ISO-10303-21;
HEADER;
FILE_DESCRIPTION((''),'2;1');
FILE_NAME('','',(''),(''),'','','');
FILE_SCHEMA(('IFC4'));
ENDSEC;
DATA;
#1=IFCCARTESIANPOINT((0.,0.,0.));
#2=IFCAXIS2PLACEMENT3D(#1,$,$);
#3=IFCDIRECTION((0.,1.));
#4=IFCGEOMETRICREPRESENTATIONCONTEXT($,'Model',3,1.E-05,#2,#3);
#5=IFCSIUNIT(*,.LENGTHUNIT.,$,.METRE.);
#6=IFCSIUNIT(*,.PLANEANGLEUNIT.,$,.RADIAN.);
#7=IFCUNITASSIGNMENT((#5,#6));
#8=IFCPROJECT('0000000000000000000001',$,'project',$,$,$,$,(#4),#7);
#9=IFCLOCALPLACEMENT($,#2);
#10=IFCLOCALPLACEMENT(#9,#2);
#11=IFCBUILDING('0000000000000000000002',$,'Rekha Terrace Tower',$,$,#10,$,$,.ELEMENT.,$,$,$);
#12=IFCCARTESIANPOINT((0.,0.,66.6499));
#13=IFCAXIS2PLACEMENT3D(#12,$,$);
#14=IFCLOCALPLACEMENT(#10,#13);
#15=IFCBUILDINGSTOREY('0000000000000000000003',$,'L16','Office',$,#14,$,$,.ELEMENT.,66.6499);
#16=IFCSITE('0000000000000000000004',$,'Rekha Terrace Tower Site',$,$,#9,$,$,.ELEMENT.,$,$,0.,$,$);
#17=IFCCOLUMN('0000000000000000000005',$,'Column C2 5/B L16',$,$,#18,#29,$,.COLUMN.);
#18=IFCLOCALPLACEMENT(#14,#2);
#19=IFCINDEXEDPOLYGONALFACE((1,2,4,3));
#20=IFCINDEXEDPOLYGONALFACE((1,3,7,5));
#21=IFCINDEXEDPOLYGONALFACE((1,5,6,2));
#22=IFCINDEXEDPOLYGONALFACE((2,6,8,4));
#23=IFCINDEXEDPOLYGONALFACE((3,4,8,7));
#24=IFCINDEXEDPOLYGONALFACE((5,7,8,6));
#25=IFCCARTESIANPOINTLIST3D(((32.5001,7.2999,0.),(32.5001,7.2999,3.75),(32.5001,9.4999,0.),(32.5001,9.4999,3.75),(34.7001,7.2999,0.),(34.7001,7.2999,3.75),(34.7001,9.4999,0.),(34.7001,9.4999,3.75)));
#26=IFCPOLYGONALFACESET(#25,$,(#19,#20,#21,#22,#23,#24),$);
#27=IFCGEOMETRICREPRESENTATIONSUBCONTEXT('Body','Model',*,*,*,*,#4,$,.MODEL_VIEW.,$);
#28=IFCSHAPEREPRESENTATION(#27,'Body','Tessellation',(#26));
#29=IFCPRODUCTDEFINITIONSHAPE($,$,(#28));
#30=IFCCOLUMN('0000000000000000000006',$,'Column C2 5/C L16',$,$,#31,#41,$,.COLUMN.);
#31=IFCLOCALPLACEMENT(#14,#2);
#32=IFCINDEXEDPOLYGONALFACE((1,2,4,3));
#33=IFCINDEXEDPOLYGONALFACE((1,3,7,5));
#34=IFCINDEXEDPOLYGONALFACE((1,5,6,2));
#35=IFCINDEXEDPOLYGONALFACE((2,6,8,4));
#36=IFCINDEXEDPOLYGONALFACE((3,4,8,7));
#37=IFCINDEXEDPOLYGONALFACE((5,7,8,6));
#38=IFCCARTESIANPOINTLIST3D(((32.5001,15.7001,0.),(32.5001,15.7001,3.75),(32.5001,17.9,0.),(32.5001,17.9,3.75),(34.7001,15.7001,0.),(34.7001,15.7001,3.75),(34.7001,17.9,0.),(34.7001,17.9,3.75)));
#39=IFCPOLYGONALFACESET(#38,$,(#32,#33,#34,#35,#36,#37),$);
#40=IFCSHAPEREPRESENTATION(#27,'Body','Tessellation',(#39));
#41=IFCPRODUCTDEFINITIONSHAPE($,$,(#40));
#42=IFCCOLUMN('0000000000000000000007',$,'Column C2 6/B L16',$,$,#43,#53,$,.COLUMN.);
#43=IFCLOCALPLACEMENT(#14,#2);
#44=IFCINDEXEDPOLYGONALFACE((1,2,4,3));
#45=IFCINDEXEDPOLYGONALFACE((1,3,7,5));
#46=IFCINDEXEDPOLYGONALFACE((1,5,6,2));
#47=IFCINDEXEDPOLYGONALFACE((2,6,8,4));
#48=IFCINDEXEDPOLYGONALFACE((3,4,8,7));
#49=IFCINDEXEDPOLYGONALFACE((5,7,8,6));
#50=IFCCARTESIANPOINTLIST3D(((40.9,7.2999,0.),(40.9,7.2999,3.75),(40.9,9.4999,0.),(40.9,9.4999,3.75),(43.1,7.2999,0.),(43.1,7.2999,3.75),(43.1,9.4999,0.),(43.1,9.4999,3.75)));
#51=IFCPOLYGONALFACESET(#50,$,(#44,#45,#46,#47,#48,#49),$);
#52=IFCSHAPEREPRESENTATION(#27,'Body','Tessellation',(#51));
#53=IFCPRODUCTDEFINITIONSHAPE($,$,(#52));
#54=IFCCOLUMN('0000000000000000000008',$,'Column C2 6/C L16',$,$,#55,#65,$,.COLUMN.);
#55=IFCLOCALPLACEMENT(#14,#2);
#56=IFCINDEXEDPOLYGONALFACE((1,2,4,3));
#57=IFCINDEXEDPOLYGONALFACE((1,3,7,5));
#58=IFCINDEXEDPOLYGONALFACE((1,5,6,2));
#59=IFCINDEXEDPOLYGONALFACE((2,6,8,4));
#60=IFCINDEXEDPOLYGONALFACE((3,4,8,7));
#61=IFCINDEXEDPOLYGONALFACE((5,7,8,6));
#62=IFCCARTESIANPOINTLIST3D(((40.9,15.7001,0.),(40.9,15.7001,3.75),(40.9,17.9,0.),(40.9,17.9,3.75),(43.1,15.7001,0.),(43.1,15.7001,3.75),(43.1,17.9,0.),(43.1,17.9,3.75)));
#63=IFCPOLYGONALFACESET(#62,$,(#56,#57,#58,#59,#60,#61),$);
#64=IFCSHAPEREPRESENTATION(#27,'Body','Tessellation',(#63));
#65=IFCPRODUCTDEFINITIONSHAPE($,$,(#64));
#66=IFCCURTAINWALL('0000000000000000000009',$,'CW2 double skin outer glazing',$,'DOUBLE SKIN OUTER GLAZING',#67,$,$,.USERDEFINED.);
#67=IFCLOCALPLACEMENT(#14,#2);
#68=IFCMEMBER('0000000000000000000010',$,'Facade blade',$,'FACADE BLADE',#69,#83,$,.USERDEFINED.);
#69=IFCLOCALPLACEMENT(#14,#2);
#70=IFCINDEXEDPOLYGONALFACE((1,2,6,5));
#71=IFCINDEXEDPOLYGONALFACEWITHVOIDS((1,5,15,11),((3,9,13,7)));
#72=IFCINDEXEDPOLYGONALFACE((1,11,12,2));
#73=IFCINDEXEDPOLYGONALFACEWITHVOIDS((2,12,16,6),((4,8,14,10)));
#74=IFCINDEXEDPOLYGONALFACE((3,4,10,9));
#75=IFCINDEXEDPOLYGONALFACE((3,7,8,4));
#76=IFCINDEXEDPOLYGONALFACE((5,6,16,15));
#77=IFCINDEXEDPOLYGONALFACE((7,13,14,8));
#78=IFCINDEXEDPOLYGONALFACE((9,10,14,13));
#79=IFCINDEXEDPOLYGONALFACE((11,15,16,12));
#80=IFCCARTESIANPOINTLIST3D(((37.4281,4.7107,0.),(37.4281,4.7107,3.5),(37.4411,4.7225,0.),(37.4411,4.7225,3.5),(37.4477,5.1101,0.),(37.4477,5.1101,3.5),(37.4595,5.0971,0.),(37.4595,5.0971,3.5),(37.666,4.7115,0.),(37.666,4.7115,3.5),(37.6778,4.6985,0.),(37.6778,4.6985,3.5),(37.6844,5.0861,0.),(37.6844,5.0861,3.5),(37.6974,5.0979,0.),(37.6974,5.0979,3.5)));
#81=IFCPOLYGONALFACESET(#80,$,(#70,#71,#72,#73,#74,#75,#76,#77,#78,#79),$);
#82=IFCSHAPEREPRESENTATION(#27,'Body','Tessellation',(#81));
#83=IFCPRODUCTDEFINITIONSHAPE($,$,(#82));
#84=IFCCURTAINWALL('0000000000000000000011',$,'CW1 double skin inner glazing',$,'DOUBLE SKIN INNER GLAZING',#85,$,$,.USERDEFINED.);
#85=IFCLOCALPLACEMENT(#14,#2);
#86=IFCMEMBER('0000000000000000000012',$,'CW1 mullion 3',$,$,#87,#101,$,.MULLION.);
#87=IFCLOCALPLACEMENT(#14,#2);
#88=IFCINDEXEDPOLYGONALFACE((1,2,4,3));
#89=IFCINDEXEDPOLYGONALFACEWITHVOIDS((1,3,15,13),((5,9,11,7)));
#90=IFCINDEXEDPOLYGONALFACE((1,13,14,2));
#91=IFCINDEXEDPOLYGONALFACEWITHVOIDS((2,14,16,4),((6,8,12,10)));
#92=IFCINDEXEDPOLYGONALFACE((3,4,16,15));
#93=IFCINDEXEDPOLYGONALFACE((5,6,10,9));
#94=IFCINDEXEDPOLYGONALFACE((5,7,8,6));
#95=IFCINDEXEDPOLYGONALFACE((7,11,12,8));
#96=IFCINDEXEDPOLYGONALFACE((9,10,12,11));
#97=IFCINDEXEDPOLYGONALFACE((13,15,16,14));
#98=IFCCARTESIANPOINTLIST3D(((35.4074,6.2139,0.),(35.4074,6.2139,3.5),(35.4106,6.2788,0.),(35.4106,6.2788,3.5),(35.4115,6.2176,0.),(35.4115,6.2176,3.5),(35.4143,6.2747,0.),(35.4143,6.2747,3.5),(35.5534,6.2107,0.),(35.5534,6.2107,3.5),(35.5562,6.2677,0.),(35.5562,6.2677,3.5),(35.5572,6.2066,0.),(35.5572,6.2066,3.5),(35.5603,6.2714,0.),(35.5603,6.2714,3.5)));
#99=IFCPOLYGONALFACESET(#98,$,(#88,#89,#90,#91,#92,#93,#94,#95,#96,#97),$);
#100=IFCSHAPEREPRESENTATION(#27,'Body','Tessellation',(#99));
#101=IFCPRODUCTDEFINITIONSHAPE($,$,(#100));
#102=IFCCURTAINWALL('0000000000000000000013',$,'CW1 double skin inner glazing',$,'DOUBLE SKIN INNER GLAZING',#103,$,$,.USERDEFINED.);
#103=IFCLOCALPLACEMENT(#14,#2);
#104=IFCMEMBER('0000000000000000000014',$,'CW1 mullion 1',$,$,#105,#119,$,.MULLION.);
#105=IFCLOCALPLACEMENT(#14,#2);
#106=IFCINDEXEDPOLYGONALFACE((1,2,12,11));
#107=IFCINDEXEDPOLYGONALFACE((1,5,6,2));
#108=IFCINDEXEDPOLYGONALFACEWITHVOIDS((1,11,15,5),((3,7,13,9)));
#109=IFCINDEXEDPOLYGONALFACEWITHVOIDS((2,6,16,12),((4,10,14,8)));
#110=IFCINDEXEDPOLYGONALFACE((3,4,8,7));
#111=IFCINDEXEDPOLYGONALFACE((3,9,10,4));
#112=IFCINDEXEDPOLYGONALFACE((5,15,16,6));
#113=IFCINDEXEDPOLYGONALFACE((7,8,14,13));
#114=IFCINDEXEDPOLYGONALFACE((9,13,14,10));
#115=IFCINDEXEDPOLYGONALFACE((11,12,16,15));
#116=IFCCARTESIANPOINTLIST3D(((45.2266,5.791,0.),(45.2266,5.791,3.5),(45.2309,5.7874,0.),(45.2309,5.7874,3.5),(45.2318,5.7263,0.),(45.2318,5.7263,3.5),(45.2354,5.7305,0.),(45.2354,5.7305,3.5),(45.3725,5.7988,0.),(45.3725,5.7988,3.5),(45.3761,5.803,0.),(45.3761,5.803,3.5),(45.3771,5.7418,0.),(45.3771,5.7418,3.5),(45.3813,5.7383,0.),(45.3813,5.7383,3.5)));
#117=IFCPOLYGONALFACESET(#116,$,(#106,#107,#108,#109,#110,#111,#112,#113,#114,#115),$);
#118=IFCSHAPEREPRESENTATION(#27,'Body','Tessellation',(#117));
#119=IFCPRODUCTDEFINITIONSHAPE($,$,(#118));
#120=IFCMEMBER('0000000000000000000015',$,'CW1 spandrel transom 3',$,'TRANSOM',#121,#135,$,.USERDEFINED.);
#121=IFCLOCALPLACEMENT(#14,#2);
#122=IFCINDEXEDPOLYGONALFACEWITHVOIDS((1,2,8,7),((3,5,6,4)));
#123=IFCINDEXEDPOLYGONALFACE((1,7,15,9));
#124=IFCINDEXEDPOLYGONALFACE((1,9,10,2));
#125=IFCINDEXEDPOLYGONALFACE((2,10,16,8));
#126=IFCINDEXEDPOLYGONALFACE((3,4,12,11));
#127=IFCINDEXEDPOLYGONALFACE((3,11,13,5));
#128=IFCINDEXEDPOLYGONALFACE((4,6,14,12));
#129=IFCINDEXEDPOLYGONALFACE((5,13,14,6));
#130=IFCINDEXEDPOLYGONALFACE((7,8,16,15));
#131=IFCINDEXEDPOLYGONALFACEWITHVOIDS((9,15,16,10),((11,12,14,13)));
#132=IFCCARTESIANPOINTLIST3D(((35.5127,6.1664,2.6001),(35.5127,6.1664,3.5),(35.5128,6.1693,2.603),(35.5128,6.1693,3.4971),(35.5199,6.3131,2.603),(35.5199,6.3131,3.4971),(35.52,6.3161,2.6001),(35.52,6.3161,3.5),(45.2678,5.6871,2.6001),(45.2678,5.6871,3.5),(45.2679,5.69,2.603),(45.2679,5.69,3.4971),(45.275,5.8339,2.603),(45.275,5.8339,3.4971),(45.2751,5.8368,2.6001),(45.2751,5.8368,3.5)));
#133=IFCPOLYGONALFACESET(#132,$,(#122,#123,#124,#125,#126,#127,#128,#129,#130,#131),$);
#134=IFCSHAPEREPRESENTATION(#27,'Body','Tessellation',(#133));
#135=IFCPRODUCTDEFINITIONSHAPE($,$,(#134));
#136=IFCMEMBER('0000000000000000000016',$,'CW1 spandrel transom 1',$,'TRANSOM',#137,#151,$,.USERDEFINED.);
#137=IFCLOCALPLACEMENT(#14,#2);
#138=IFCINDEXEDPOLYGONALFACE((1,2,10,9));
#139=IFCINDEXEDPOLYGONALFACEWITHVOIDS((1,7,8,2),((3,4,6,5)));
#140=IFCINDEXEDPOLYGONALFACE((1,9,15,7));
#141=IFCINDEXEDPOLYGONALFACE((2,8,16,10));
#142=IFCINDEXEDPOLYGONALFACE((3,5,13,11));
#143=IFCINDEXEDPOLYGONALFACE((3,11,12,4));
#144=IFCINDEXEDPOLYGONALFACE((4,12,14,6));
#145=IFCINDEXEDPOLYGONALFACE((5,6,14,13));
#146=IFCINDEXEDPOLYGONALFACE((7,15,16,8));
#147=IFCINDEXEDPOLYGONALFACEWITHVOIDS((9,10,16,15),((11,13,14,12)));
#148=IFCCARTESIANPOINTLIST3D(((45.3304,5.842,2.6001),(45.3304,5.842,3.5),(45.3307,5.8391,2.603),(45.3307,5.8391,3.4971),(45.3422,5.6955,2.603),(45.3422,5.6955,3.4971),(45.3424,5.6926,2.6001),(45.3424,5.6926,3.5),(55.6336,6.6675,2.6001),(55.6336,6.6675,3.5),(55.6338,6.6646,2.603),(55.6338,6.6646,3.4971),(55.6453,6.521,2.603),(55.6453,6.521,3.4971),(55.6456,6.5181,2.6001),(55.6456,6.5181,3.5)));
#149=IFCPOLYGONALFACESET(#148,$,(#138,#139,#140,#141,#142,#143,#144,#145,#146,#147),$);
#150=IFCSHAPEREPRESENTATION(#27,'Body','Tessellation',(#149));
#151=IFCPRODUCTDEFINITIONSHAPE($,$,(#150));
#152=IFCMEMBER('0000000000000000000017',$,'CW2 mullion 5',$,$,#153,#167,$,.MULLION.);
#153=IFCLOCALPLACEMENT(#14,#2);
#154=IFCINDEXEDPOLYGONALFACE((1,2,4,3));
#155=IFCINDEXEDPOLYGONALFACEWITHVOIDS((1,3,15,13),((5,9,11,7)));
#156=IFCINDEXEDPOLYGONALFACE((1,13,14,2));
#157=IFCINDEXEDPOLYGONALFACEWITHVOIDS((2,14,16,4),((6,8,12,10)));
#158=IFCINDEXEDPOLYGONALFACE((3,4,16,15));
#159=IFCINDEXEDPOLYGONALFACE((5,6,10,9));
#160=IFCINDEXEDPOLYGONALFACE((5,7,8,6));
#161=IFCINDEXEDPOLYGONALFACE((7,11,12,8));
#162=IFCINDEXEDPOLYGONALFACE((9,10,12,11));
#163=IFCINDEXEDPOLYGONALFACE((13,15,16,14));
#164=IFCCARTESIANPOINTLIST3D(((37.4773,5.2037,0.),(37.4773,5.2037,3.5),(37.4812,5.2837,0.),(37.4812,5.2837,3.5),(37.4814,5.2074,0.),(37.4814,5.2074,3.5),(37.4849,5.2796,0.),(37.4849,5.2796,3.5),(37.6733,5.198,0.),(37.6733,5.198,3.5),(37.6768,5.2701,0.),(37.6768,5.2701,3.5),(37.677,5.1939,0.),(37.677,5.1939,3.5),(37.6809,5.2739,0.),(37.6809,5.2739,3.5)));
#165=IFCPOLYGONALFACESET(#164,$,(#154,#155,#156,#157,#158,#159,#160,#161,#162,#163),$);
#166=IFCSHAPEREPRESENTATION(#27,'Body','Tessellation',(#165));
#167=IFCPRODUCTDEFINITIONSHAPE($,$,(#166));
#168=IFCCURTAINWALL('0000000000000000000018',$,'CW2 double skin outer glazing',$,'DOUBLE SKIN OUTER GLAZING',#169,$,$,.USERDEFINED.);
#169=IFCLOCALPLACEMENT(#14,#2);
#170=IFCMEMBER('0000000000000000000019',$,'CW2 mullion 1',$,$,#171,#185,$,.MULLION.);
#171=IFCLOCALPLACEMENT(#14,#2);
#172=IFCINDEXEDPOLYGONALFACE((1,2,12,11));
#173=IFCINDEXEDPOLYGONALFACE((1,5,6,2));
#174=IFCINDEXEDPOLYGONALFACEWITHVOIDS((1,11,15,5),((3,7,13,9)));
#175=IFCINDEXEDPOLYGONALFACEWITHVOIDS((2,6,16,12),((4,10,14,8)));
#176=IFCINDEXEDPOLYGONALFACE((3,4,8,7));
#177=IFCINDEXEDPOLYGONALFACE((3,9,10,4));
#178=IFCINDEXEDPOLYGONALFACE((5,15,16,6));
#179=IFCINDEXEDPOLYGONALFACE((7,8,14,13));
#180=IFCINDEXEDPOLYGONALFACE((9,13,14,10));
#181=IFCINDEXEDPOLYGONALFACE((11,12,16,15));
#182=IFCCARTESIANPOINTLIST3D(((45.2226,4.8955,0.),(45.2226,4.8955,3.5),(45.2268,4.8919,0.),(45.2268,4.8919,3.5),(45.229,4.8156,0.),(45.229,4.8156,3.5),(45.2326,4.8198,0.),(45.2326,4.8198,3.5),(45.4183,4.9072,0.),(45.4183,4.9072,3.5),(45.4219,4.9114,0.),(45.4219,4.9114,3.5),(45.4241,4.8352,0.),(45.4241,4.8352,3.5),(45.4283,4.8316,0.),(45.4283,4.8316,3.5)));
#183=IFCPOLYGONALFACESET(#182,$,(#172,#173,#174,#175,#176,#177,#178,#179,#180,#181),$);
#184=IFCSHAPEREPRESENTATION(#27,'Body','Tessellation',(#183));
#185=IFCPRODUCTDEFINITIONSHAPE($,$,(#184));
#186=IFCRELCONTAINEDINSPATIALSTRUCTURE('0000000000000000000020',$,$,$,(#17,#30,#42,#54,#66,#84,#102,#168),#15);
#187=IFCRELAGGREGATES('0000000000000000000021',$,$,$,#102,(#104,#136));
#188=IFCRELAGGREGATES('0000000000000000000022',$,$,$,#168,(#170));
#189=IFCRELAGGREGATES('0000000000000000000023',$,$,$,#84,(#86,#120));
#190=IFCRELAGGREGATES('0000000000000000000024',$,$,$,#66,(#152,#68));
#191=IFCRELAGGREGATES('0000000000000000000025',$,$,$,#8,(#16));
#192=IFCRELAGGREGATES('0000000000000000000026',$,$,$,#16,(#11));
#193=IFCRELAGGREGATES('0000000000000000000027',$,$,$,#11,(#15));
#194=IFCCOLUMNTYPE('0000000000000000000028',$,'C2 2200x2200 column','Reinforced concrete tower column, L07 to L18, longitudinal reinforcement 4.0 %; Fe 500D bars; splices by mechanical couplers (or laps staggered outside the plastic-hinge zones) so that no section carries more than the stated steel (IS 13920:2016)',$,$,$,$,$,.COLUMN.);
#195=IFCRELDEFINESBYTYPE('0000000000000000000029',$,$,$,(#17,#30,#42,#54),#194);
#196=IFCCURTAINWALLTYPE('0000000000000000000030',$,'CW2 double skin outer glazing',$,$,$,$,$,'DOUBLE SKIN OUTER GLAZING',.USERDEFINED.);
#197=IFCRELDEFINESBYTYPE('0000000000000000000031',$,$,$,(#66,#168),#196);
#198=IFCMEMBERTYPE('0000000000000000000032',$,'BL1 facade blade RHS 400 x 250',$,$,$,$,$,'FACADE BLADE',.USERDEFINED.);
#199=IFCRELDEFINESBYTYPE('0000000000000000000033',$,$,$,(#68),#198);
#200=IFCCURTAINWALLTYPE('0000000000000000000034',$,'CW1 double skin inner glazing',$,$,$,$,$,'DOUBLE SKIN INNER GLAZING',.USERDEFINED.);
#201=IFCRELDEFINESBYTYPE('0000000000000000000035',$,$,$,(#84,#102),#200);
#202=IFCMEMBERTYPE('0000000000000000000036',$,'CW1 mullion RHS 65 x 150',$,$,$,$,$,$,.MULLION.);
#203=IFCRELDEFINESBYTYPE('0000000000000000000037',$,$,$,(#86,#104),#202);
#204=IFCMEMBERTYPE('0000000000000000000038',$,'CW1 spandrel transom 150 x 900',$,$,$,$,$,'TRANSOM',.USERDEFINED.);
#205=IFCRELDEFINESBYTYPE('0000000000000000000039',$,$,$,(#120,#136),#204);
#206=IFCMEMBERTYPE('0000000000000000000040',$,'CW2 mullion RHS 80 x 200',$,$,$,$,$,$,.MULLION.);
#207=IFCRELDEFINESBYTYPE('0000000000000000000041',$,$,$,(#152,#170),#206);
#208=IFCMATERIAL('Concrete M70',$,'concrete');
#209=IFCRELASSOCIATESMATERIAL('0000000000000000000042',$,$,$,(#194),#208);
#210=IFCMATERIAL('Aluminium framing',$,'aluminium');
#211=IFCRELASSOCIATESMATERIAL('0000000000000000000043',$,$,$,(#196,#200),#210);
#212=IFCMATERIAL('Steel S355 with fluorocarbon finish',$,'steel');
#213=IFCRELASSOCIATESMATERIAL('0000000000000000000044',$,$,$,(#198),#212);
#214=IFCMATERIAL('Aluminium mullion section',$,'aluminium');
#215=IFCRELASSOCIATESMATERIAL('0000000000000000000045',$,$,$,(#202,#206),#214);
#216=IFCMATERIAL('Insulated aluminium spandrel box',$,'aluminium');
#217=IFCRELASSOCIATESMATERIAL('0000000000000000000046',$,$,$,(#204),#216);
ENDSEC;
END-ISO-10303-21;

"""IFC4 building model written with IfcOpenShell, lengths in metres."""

from ifc_helpers import new_model, si_unit, direction, frame, origin, origin_2d, place, context, subcontext, project, spatial, rectangle, hollow_rectangle, extrude, material, material_profile, profile_set, type_object, element, aggregate, save


model = new_model("IFC4")

# Units and contexts
model_context = context("Model", 3, precision=1e-05, world=origin(), true_north=direction((0.0, 1.0)))
body_context = subcontext(model_context, "Body", "Model", "MODEL_VIEW")
ifc_project = project(units=[si_unit("LENGTHUNIT", "METRE"), si_unit("PLANEANGLEUNIT", "RADIAN")], contexts=[model_context])

# Site, building, storey
site_placement = place(None, origin())
site = spatial("IfcSite", under=ifc_project, at=site_placement, Name="Rekha Terrace Tower Site", CompositionType="ELEMENT", RefElevation=0.0)
building_placement = place(site_placement, origin())
building = spatial("IfcBuilding", under=site, at=building_placement, Name="Rekha Terrace Tower", CompositionType="ELEMENT")
storey_placement = place(building_placement, frame((0.0, 0.0, 66.6499)))
storey = spatial("IfcBuildingStorey", under=building, at=storey_placement, Name="L16", Description="Office", CompositionType="ELEMENT", Elevation=66.6499)

# Columns
ifc_material_1 = material(Name="Concrete M70", Category="concrete")
ifc_material_profile_1 = material_profile(ifc_material_1, rectangle(XDim=2.2, YDim=2.2, at=origin_2d()), Name="RC 2200x2200")
ifc_profile_set_1 = profile_set([ifc_material_profile_1], Name="Concrete M70")
column_type = type_object("IfcColumnType", Name="C2 2200x2200 column", Description="Reinforced concrete tower column, L07 to L18, longitudinal reinforcement 4.0 %; Fe 500D bars; splices by mechanical couplers (or laps staggered outside the plastic-hinge zones) so that no section carries more than the stated steel (IS 13920:2016)", PredefinedType="COLUMN", material=ifc_profile_set_1)
for number, where, z_axis, x_axis, name in (
    (1, (33.6001, 8.3999, 0.0), (0.0, 0.0, 1.0), (1.0, 0.0, 0.0), "Column C2 5/B L16"),
    (2, (33.6001, 16.8, 0.0), (0.0, 0.0, 1.0), (1.0, 0.0, 0.0), "Column C2 5/C L16"),
    (3, (42.0, 8.3999, 0.0), (0.0, 0.0, 1.0), (1.0, 0.0, 0.0), "Column C2 6/B L16"),
    (4, (42.0, 16.8, 0.0), (0.0, 0.0, 1.0), (1.0, 0.0, 0.0), "Column C2 6/C L16"),
):
    element("IfcColumn", number, at=place(storey_placement, frame(where, z_axis=z_axis, x_axis=x_axis)), inside=storey, type_object=column_type, Name=name, PredefinedType="COLUMN", context=body_context, shape_type="SweptSolid", body=[
        extrude(rectangle(XDim=2.2, YDim=2.2, at=origin_2d()), origin(), (0.0, 0.0, 1.0), 3.75),
    ])

# Curtain walls, members
ifc_material_2 = material(Name="Aluminium framing", Category="aluminium")
curtain_wall_type_1 = type_object("IfcCurtainWallType", Name="CW2 double skin outer glazing", ElementType="DOUBLE SKIN OUTER GLAZING", PredefinedType="USERDEFINED", material=ifc_material_2)
curtain_wall_1_placement = place(storey_placement, origin())
curtain_wall_1 = element("IfcCurtainWall", 5, at=curtain_wall_1_placement, inside=storey, type_object=curtain_wall_type_1, Name="CW2 double skin outer glazing", ObjectType="DOUBLE SKIN OUTER GLAZING", PredefinedType="USERDEFINED")
ifc_material_3 = material(Name="Steel S355 with fluorocarbon finish", Category="steel")
ifc_material_profile_2 = material_profile(ifc_material_3, hollow_rectangle(XDim=0.25, YDim=0.3999, WallThickness=0.0125, at=origin_2d()), Name="RHS400x250x12.5")
ifc_profile_set_2 = profile_set([ifc_material_profile_2], Name="Steel S355 with fluorocarbon finish")
member_type_1 = type_object("IfcMemberType", Name="BL1 facade blade RHS 400 x 250", ElementType="FACADE BLADE", PredefinedType="USERDEFINED", material=ifc_profile_set_2)
member_1_placement = place(storey_placement, frame((37.5627, 4.9043, 0.0), z_axis=(0.0, 0.0, 1.0), x_axis=(0.998796, -0.049052, 0.0)))
member_1 = element("IfcMember", 6, at=member_1_placement, type_object=member_type_1, Name="Facade blade", ObjectType="FACADE BLADE", PredefinedType="USERDEFINED", context=body_context, shape_type="SweptSolid", body=[
    extrude(hollow_rectangle(XDim=0.25, YDim=0.3999, WallThickness=0.0125, at=origin_2d()), origin(), (0.0, 0.0, 1.0), 3.5),
])
curtain_wall_type_2 = type_object("IfcCurtainWallType", Name="CW1 double skin inner glazing", ElementType="DOUBLE SKIN INNER GLAZING", PredefinedType="USERDEFINED", material=ifc_material_2)
curtain_wall_2_placement = place(storey_placement, origin())
curtain_wall_2 = element("IfcCurtainWall", 7, at=curtain_wall_2_placement, inside=storey, type_object=curtain_wall_type_2, Name="CW1 double skin inner glazing", ObjectType="DOUBLE SKIN INNER GLAZING", PredefinedType="USERDEFINED")
ifc_material_4 = material(Name="Aluminium mullion section", Category="aluminium")
ifc_material_profile_3 = material_profile(ifc_material_4, hollow_rectangle(XDim=0.0649, YDim=0.1499, WallThickness=0.0039, at=origin_2d()), Name="AL RHS 65x150")
ifc_profile_set_3 = profile_set([ifc_material_profile_3], Name="Aluminium mullion section")
member_type_2 = type_object("IfcMemberType", Name="CW1 mullion RHS 65 x 150", PredefinedType="MULLION", material=ifc_profile_set_3)
member_2_placement = place(storey_placement, frame((35.4839, 6.2427, 0.0), z_axis=(0.0, 0.0, 1.0), x_axis=(0.049052, 0.998796, 0.0)))
member_2 = element("IfcMember", 8, at=member_2_placement, type_object=member_type_2, Name="CW1 mullion 3", PredefinedType="MULLION", context=body_context, shape_type="SweptSolid", body=[
    extrude(hollow_rectangle(XDim=0.0649, YDim=0.1499, WallThickness=0.0039, at=origin_2d()), origin(), (0.0, 0.0, 1.0), 3.5),
])
curtain_wall_3_placement = place(storey_placement, origin())
curtain_wall_3 = element("IfcCurtainWall", 9, at=curtain_wall_3_placement, inside=storey, type_object=curtain_wall_type_2, Name="CW1 double skin inner glazing", ObjectType="DOUBLE SKIN INNER GLAZING", PredefinedType="USERDEFINED")
member_3_placement = place(storey_placement, frame((45.304, 5.7646, 0.0), z_axis=(0.0, 0.0, 1.0), x_axis=(-0.079872, 0.996805, 0.0)))
member_3 = element("IfcMember", 10, at=member_3_placement, type_object=member_type_2, Name="CW1 mullion 1", PredefinedType="MULLION", context=body_context, shape_type="SweptSolid", body=[
    extrude(hollow_rectangle(XDim=0.0649, YDim=0.1499, WallThickness=0.0039, at=origin_2d()), origin(), (0.0, 0.0, 1.0), 3.5),
])

# Members
ifc_material_5 = material(Name="Insulated aluminium spandrel box", Category="aluminium")
ifc_material_profile_4 = material_profile(ifc_material_5, hollow_rectangle(XDim=0.1499, YDim=0.8999, WallThickness=0.0029, at=origin_2d()), Name="AL SPANDREL BOX 150x900")
ifc_profile_set_4 = profile_set([ifc_material_profile_4], Name="Insulated aluminium spandrel box")
member_type_3 = type_object("IfcMemberType", Name="CW1 spandrel transom 150 x 900", ElementType="TRANSOM", PredefinedType="USERDEFINED", material=ifc_profile_set_4)
member_4_placement = place(storey_placement, frame((35.5164, 6.2412, 3.05), z_axis=(0.998795, -0.049069, 0.0), x_axis=(0.049069, 0.998795, 0.0)))
member_4 = element("IfcMember", 11, at=member_4_placement, type_object=member_type_3, Name="CW1 spandrel transom 3", ObjectType="TRANSOM", PredefinedType="USERDEFINED", context=body_context, shape_type="SweptSolid", body=[
    extrude(hollow_rectangle(XDim=0.1499, YDim=0.8999, WallThickness=0.0029, at=origin_2d()), origin(), (0.0, 0.0, 1.0), 9.7668),
])
member_5_placement = place(storey_placement, frame((45.3364, 5.7673, 3.05), z_axis=(0.996806, 0.079859, 0.0), x_axis=(-0.079859, 0.996806, 0.0)))
member_5 = element("IfcMember", 12, at=member_5_placement, type_object=member_type_3, Name="CW1 spandrel transom 1", ObjectType="TRANSOM", PredefinedType="USERDEFINED", context=body_context, shape_type="SweptSolid", body=[
    extrude(hollow_rectangle(XDim=0.1499, YDim=0.8999, WallThickness=0.0029, at=origin_2d()), origin(), (0.0, 0.0, 1.0), 10.3362),
])
aggregate(curtain_wall_3, [member_3, member_5])
ifc_material_profile_5 = material_profile(ifc_material_4, hollow_rectangle(XDim=0.0801, YDim=0.2, WallThickness=0.0039, at=origin_2d()), Name="AL RHS 80x200")
ifc_profile_set_5 = profile_set([ifc_material_profile_5], Name="Aluminium mullion section")
member_type_4 = type_object("IfcMemberType", Name="CW2 mullion RHS 80 x 200", PredefinedType="MULLION", material=ifc_profile_set_5)
member_6_placement = place(storey_placement, frame((37.5791, 5.2388, 0.0), z_axis=(0.0, 0.0, 1.0), x_axis=(0.049052, 0.998796, 0.0)))
member_6 = element("IfcMember", 13, at=member_6_placement, type_object=member_type_4, Name="CW2 mullion 5", PredefinedType="MULLION", context=body_context, shape_type="SweptSolid", body=[
    extrude(hollow_rectangle(XDim=0.0801, YDim=0.2, WallThickness=0.0039, at=origin_2d()), origin(), (0.0, 0.0, 1.0), 3.5),
])

# Curtain wall, member
curtain_wall_4_placement = place(storey_placement, origin())
curtain_wall_4 = element("IfcCurtainWall", 14, at=curtain_wall_4_placement, inside=storey, type_object=curtain_wall_type_1, Name="CW2 double skin outer glazing", ObjectType="DOUBLE SKIN OUTER GLAZING", PredefinedType="USERDEFINED")
member_7_placement = place(storey_placement, frame((45.3254, 4.8635, 0.0), z_axis=(0.0, 0.0, 1.0), x_axis=(-0.079872, 0.996805, 0.0)))
member_7 = element("IfcMember", 15, at=member_7_placement, type_object=member_type_4, Name="CW2 mullion 1", PredefinedType="MULLION", context=body_context, shape_type="SweptSolid", body=[
    extrude(hollow_rectangle(XDim=0.0801, YDim=0.2, WallThickness=0.0039, at=origin_2d()), origin(), (0.0, 0.0, 1.0), 3.5),
])

aggregate(curtain_wall_4, [member_7])

aggregate(curtain_wall_2, [member_2, member_4])
aggregate(curtain_wall_1, [member_6, member_1])

save(model, "model.ifc")
